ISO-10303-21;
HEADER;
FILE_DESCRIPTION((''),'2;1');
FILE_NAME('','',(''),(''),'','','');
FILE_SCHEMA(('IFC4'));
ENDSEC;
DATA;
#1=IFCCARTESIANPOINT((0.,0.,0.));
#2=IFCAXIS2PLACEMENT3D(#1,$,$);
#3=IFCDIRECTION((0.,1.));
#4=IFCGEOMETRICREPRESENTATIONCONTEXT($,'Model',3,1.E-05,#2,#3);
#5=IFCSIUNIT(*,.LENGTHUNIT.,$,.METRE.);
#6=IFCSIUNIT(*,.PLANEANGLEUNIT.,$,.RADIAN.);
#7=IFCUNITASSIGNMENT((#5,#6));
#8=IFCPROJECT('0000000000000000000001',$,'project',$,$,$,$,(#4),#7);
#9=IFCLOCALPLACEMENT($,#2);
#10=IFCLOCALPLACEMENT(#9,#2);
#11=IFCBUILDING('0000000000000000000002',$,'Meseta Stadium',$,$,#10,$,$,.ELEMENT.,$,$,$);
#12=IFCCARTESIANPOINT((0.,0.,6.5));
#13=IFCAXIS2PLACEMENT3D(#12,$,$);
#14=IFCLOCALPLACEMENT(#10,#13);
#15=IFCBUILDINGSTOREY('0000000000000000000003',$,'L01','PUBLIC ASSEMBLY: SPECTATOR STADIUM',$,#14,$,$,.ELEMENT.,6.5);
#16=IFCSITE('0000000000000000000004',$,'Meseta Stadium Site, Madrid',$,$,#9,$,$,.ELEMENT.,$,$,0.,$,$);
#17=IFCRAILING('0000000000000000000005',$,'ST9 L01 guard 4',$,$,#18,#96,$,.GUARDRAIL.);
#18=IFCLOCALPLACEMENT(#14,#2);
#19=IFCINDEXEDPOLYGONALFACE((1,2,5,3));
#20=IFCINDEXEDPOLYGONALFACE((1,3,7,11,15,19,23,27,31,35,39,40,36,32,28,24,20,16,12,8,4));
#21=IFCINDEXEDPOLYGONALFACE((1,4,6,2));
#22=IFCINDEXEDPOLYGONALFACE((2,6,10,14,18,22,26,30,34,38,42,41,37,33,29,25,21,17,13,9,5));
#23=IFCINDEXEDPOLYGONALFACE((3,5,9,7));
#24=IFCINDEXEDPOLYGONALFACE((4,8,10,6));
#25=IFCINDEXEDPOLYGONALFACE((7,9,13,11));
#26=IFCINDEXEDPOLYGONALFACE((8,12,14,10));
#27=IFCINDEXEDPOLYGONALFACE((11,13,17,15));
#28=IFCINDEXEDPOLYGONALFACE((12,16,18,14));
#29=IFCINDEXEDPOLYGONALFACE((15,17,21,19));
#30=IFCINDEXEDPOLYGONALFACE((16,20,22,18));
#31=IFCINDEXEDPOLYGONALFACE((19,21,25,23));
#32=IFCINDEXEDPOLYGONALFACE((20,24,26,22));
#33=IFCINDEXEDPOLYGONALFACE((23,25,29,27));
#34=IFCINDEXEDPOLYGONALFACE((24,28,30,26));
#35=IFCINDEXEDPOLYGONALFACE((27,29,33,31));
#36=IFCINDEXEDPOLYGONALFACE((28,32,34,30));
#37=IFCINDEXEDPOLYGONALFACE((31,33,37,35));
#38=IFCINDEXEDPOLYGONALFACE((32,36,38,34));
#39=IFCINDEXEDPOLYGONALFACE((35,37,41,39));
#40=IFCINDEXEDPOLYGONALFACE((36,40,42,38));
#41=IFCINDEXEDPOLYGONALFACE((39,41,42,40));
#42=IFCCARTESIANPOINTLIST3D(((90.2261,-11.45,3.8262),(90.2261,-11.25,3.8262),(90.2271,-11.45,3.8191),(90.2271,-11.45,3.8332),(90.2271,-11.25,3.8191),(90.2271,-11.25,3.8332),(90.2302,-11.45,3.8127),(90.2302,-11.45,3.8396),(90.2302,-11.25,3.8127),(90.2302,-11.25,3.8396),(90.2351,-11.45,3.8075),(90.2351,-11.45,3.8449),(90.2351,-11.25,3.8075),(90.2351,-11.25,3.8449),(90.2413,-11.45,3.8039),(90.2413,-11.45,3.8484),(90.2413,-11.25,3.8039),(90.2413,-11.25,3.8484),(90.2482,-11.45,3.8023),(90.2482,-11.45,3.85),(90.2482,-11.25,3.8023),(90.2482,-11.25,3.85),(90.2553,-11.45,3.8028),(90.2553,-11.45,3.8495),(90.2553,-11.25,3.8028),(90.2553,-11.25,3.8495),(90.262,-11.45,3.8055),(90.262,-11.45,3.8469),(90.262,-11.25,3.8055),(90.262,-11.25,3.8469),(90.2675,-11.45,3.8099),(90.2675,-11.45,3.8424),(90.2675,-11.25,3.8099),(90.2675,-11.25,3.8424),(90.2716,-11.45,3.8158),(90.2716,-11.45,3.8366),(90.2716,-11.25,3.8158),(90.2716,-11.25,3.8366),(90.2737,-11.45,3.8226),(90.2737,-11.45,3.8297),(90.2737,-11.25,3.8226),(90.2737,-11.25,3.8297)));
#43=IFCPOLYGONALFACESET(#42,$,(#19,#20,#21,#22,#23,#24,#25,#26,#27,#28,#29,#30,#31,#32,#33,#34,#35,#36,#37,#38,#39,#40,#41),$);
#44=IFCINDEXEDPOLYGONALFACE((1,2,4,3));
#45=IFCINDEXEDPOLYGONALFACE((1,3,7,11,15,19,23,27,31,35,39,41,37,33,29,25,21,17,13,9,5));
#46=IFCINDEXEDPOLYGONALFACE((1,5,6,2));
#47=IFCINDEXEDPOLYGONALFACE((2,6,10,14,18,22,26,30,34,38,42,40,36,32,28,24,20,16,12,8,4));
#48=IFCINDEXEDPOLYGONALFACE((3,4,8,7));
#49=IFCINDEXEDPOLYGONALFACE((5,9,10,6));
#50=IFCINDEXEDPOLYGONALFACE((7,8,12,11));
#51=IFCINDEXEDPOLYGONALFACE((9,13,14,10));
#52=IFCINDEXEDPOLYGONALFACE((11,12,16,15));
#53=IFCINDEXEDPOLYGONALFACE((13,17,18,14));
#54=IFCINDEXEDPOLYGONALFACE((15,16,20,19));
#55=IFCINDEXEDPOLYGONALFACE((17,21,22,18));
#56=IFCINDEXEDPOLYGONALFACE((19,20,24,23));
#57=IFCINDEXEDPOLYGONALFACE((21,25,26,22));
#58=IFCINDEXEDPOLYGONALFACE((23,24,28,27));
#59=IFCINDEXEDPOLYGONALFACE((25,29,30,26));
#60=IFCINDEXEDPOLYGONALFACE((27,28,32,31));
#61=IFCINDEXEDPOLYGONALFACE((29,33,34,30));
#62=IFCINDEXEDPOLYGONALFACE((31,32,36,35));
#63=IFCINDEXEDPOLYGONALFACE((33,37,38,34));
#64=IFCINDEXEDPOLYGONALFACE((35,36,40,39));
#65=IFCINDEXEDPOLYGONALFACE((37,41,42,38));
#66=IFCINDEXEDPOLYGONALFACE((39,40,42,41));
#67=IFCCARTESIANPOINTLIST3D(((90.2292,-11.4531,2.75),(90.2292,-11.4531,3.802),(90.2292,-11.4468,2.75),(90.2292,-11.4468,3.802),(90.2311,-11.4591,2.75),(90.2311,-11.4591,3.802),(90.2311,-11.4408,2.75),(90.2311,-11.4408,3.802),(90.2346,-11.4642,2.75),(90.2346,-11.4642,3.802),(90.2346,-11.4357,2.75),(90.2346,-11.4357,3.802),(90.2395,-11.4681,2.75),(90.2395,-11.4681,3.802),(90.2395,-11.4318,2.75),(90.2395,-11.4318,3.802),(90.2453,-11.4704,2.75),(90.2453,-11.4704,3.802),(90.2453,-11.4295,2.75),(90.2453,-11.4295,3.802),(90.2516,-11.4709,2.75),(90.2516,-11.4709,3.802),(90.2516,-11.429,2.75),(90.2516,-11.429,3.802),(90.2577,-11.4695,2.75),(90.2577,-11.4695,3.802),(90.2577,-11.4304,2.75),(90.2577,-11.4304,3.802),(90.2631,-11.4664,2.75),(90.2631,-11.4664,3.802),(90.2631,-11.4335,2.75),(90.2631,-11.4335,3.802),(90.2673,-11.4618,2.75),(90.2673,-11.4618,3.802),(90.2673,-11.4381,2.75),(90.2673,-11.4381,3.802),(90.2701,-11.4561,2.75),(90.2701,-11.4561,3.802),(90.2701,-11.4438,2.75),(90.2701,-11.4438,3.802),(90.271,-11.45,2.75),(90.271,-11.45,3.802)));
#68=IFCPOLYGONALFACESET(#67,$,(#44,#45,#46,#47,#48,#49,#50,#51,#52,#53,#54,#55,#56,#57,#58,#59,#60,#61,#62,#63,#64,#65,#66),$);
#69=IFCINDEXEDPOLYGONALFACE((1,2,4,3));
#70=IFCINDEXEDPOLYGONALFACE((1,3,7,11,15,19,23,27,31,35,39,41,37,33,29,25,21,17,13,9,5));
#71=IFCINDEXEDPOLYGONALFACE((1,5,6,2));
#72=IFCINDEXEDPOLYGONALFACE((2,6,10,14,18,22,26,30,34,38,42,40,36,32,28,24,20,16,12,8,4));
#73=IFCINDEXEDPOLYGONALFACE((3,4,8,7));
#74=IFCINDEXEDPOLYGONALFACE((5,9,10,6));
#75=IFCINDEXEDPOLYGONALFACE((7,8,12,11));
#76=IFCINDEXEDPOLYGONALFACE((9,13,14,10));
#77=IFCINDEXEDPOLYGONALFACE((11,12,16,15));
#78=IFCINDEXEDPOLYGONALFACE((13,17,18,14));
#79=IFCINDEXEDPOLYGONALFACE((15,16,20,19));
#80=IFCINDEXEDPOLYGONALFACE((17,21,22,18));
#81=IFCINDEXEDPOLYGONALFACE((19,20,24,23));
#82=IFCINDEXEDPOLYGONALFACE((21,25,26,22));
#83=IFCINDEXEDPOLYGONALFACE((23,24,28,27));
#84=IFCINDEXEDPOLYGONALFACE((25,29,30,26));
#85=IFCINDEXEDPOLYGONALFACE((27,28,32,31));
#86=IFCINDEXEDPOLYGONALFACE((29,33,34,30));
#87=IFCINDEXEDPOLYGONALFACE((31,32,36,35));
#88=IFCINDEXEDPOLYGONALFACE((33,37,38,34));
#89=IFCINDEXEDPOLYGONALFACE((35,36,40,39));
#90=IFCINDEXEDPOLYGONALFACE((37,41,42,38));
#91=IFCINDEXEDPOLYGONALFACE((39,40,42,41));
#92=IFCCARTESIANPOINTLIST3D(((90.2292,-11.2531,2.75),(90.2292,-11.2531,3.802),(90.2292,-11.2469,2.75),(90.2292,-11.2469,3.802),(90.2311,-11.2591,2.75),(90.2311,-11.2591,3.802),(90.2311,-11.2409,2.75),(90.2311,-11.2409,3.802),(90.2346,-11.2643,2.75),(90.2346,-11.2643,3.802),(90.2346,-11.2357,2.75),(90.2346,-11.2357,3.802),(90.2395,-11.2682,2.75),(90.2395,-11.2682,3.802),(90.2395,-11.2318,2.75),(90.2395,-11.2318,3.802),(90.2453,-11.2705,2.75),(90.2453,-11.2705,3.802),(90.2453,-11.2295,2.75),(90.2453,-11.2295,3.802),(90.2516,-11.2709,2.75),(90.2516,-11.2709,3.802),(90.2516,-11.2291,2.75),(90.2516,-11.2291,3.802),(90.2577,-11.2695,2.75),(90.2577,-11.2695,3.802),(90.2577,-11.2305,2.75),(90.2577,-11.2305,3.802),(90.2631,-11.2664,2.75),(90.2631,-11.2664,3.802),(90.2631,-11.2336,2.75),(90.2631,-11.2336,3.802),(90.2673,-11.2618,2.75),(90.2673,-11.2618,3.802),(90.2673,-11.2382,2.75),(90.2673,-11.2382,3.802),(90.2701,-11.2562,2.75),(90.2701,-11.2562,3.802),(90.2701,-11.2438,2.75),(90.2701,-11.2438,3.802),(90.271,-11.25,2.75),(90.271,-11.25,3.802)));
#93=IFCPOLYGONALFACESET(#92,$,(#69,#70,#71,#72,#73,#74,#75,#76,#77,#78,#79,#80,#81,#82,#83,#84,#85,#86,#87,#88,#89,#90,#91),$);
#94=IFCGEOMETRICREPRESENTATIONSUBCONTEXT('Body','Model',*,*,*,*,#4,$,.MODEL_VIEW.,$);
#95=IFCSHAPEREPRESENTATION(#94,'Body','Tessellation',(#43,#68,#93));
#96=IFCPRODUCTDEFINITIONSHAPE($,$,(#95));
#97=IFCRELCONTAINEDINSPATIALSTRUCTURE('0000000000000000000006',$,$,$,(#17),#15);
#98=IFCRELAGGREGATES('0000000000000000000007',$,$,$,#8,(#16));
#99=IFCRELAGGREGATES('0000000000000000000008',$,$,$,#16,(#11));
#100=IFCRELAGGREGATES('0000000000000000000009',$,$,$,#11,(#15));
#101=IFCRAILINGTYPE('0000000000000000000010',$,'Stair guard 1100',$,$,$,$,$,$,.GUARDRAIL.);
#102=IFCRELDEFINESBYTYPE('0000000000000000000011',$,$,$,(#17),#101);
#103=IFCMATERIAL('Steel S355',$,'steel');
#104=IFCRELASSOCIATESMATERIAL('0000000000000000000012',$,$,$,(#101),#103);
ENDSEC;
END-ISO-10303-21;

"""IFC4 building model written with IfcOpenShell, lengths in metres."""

from ifc_helpers import new_model, si_unit, direction, frame, origin, origin_2d, place, context, subcontext, project, spatial, circle, extrude, material, type_object, element, save


model = new_model("IFC4")

# Units and contexts
model_context = context("Model", 3, precision=1e-05, world=origin(), true_north=direction((0.0, 1.0)))
body_context = subcontext(model_context, "Body", "Model", "MODEL_VIEW")
ifc_project = project(units=[si_unit("LENGTHUNIT", "METRE"), si_unit("PLANEANGLEUNIT", "RADIAN")], contexts=[model_context])

# Site, building, storey
site_placement = place(None, origin())
site = spatial("IfcSite", under=ifc_project, at=site_placement, Name="Meseta Stadium Site, Madrid", CompositionType="ELEMENT", RefElevation=0.0)
building_placement = place(site_placement, origin())
building = spatial("IfcBuilding", under=site, at=building_placement, Name="Meseta Stadium", CompositionType="ELEMENT")
storey_placement = place(building_placement, frame((0.0, 0.0, 6.5)))
storey = spatial("IfcBuildingStorey", under=building, at=storey_placement, Name="L01", Description="PUBLIC ASSEMBLY: SPECTATOR STADIUM", CompositionType="ELEMENT", Elevation=6.5)

# Railing
ifc_material_1 = material(Name="Steel S355", Category="steel")
railing_type_1 = type_object("IfcRailingType", Name="Stair guard 1100", PredefinedType="GUARDRAIL", material=ifc_material_1)
railing_1_placement = place(storey_placement, frame((90.25, -11.45, 2.75)))
element("IfcRailing", 1, at=railing_1_placement, inside=storey, type_object=railing_type_1, Name="ST9 L01 guard 4", PredefinedType="GUARDRAIL", context=body_context, shape_type="SweptSolid", body=[
    extrude(circle(Radius=0.0239, at=origin_2d()), frame((0.0, 0.0, 1.0762), z_axis=(0.0, 1.0, 0.0), x_axis=(-1.0, 0.0, 0.0)), (0.0, 0.0, 1.0), 0.2),
    extrude(circle(Radius=0.021, at=origin_2d()), origin(), (0.0, 0.0, 1.0), 1.052),
    extrude(circle(Radius=0.021, at=origin_2d()), frame((0.0, 0.2, 0.0)), (0.0, 0.0, 1.0), 1.052),
])

save(model, "model.ifc")
